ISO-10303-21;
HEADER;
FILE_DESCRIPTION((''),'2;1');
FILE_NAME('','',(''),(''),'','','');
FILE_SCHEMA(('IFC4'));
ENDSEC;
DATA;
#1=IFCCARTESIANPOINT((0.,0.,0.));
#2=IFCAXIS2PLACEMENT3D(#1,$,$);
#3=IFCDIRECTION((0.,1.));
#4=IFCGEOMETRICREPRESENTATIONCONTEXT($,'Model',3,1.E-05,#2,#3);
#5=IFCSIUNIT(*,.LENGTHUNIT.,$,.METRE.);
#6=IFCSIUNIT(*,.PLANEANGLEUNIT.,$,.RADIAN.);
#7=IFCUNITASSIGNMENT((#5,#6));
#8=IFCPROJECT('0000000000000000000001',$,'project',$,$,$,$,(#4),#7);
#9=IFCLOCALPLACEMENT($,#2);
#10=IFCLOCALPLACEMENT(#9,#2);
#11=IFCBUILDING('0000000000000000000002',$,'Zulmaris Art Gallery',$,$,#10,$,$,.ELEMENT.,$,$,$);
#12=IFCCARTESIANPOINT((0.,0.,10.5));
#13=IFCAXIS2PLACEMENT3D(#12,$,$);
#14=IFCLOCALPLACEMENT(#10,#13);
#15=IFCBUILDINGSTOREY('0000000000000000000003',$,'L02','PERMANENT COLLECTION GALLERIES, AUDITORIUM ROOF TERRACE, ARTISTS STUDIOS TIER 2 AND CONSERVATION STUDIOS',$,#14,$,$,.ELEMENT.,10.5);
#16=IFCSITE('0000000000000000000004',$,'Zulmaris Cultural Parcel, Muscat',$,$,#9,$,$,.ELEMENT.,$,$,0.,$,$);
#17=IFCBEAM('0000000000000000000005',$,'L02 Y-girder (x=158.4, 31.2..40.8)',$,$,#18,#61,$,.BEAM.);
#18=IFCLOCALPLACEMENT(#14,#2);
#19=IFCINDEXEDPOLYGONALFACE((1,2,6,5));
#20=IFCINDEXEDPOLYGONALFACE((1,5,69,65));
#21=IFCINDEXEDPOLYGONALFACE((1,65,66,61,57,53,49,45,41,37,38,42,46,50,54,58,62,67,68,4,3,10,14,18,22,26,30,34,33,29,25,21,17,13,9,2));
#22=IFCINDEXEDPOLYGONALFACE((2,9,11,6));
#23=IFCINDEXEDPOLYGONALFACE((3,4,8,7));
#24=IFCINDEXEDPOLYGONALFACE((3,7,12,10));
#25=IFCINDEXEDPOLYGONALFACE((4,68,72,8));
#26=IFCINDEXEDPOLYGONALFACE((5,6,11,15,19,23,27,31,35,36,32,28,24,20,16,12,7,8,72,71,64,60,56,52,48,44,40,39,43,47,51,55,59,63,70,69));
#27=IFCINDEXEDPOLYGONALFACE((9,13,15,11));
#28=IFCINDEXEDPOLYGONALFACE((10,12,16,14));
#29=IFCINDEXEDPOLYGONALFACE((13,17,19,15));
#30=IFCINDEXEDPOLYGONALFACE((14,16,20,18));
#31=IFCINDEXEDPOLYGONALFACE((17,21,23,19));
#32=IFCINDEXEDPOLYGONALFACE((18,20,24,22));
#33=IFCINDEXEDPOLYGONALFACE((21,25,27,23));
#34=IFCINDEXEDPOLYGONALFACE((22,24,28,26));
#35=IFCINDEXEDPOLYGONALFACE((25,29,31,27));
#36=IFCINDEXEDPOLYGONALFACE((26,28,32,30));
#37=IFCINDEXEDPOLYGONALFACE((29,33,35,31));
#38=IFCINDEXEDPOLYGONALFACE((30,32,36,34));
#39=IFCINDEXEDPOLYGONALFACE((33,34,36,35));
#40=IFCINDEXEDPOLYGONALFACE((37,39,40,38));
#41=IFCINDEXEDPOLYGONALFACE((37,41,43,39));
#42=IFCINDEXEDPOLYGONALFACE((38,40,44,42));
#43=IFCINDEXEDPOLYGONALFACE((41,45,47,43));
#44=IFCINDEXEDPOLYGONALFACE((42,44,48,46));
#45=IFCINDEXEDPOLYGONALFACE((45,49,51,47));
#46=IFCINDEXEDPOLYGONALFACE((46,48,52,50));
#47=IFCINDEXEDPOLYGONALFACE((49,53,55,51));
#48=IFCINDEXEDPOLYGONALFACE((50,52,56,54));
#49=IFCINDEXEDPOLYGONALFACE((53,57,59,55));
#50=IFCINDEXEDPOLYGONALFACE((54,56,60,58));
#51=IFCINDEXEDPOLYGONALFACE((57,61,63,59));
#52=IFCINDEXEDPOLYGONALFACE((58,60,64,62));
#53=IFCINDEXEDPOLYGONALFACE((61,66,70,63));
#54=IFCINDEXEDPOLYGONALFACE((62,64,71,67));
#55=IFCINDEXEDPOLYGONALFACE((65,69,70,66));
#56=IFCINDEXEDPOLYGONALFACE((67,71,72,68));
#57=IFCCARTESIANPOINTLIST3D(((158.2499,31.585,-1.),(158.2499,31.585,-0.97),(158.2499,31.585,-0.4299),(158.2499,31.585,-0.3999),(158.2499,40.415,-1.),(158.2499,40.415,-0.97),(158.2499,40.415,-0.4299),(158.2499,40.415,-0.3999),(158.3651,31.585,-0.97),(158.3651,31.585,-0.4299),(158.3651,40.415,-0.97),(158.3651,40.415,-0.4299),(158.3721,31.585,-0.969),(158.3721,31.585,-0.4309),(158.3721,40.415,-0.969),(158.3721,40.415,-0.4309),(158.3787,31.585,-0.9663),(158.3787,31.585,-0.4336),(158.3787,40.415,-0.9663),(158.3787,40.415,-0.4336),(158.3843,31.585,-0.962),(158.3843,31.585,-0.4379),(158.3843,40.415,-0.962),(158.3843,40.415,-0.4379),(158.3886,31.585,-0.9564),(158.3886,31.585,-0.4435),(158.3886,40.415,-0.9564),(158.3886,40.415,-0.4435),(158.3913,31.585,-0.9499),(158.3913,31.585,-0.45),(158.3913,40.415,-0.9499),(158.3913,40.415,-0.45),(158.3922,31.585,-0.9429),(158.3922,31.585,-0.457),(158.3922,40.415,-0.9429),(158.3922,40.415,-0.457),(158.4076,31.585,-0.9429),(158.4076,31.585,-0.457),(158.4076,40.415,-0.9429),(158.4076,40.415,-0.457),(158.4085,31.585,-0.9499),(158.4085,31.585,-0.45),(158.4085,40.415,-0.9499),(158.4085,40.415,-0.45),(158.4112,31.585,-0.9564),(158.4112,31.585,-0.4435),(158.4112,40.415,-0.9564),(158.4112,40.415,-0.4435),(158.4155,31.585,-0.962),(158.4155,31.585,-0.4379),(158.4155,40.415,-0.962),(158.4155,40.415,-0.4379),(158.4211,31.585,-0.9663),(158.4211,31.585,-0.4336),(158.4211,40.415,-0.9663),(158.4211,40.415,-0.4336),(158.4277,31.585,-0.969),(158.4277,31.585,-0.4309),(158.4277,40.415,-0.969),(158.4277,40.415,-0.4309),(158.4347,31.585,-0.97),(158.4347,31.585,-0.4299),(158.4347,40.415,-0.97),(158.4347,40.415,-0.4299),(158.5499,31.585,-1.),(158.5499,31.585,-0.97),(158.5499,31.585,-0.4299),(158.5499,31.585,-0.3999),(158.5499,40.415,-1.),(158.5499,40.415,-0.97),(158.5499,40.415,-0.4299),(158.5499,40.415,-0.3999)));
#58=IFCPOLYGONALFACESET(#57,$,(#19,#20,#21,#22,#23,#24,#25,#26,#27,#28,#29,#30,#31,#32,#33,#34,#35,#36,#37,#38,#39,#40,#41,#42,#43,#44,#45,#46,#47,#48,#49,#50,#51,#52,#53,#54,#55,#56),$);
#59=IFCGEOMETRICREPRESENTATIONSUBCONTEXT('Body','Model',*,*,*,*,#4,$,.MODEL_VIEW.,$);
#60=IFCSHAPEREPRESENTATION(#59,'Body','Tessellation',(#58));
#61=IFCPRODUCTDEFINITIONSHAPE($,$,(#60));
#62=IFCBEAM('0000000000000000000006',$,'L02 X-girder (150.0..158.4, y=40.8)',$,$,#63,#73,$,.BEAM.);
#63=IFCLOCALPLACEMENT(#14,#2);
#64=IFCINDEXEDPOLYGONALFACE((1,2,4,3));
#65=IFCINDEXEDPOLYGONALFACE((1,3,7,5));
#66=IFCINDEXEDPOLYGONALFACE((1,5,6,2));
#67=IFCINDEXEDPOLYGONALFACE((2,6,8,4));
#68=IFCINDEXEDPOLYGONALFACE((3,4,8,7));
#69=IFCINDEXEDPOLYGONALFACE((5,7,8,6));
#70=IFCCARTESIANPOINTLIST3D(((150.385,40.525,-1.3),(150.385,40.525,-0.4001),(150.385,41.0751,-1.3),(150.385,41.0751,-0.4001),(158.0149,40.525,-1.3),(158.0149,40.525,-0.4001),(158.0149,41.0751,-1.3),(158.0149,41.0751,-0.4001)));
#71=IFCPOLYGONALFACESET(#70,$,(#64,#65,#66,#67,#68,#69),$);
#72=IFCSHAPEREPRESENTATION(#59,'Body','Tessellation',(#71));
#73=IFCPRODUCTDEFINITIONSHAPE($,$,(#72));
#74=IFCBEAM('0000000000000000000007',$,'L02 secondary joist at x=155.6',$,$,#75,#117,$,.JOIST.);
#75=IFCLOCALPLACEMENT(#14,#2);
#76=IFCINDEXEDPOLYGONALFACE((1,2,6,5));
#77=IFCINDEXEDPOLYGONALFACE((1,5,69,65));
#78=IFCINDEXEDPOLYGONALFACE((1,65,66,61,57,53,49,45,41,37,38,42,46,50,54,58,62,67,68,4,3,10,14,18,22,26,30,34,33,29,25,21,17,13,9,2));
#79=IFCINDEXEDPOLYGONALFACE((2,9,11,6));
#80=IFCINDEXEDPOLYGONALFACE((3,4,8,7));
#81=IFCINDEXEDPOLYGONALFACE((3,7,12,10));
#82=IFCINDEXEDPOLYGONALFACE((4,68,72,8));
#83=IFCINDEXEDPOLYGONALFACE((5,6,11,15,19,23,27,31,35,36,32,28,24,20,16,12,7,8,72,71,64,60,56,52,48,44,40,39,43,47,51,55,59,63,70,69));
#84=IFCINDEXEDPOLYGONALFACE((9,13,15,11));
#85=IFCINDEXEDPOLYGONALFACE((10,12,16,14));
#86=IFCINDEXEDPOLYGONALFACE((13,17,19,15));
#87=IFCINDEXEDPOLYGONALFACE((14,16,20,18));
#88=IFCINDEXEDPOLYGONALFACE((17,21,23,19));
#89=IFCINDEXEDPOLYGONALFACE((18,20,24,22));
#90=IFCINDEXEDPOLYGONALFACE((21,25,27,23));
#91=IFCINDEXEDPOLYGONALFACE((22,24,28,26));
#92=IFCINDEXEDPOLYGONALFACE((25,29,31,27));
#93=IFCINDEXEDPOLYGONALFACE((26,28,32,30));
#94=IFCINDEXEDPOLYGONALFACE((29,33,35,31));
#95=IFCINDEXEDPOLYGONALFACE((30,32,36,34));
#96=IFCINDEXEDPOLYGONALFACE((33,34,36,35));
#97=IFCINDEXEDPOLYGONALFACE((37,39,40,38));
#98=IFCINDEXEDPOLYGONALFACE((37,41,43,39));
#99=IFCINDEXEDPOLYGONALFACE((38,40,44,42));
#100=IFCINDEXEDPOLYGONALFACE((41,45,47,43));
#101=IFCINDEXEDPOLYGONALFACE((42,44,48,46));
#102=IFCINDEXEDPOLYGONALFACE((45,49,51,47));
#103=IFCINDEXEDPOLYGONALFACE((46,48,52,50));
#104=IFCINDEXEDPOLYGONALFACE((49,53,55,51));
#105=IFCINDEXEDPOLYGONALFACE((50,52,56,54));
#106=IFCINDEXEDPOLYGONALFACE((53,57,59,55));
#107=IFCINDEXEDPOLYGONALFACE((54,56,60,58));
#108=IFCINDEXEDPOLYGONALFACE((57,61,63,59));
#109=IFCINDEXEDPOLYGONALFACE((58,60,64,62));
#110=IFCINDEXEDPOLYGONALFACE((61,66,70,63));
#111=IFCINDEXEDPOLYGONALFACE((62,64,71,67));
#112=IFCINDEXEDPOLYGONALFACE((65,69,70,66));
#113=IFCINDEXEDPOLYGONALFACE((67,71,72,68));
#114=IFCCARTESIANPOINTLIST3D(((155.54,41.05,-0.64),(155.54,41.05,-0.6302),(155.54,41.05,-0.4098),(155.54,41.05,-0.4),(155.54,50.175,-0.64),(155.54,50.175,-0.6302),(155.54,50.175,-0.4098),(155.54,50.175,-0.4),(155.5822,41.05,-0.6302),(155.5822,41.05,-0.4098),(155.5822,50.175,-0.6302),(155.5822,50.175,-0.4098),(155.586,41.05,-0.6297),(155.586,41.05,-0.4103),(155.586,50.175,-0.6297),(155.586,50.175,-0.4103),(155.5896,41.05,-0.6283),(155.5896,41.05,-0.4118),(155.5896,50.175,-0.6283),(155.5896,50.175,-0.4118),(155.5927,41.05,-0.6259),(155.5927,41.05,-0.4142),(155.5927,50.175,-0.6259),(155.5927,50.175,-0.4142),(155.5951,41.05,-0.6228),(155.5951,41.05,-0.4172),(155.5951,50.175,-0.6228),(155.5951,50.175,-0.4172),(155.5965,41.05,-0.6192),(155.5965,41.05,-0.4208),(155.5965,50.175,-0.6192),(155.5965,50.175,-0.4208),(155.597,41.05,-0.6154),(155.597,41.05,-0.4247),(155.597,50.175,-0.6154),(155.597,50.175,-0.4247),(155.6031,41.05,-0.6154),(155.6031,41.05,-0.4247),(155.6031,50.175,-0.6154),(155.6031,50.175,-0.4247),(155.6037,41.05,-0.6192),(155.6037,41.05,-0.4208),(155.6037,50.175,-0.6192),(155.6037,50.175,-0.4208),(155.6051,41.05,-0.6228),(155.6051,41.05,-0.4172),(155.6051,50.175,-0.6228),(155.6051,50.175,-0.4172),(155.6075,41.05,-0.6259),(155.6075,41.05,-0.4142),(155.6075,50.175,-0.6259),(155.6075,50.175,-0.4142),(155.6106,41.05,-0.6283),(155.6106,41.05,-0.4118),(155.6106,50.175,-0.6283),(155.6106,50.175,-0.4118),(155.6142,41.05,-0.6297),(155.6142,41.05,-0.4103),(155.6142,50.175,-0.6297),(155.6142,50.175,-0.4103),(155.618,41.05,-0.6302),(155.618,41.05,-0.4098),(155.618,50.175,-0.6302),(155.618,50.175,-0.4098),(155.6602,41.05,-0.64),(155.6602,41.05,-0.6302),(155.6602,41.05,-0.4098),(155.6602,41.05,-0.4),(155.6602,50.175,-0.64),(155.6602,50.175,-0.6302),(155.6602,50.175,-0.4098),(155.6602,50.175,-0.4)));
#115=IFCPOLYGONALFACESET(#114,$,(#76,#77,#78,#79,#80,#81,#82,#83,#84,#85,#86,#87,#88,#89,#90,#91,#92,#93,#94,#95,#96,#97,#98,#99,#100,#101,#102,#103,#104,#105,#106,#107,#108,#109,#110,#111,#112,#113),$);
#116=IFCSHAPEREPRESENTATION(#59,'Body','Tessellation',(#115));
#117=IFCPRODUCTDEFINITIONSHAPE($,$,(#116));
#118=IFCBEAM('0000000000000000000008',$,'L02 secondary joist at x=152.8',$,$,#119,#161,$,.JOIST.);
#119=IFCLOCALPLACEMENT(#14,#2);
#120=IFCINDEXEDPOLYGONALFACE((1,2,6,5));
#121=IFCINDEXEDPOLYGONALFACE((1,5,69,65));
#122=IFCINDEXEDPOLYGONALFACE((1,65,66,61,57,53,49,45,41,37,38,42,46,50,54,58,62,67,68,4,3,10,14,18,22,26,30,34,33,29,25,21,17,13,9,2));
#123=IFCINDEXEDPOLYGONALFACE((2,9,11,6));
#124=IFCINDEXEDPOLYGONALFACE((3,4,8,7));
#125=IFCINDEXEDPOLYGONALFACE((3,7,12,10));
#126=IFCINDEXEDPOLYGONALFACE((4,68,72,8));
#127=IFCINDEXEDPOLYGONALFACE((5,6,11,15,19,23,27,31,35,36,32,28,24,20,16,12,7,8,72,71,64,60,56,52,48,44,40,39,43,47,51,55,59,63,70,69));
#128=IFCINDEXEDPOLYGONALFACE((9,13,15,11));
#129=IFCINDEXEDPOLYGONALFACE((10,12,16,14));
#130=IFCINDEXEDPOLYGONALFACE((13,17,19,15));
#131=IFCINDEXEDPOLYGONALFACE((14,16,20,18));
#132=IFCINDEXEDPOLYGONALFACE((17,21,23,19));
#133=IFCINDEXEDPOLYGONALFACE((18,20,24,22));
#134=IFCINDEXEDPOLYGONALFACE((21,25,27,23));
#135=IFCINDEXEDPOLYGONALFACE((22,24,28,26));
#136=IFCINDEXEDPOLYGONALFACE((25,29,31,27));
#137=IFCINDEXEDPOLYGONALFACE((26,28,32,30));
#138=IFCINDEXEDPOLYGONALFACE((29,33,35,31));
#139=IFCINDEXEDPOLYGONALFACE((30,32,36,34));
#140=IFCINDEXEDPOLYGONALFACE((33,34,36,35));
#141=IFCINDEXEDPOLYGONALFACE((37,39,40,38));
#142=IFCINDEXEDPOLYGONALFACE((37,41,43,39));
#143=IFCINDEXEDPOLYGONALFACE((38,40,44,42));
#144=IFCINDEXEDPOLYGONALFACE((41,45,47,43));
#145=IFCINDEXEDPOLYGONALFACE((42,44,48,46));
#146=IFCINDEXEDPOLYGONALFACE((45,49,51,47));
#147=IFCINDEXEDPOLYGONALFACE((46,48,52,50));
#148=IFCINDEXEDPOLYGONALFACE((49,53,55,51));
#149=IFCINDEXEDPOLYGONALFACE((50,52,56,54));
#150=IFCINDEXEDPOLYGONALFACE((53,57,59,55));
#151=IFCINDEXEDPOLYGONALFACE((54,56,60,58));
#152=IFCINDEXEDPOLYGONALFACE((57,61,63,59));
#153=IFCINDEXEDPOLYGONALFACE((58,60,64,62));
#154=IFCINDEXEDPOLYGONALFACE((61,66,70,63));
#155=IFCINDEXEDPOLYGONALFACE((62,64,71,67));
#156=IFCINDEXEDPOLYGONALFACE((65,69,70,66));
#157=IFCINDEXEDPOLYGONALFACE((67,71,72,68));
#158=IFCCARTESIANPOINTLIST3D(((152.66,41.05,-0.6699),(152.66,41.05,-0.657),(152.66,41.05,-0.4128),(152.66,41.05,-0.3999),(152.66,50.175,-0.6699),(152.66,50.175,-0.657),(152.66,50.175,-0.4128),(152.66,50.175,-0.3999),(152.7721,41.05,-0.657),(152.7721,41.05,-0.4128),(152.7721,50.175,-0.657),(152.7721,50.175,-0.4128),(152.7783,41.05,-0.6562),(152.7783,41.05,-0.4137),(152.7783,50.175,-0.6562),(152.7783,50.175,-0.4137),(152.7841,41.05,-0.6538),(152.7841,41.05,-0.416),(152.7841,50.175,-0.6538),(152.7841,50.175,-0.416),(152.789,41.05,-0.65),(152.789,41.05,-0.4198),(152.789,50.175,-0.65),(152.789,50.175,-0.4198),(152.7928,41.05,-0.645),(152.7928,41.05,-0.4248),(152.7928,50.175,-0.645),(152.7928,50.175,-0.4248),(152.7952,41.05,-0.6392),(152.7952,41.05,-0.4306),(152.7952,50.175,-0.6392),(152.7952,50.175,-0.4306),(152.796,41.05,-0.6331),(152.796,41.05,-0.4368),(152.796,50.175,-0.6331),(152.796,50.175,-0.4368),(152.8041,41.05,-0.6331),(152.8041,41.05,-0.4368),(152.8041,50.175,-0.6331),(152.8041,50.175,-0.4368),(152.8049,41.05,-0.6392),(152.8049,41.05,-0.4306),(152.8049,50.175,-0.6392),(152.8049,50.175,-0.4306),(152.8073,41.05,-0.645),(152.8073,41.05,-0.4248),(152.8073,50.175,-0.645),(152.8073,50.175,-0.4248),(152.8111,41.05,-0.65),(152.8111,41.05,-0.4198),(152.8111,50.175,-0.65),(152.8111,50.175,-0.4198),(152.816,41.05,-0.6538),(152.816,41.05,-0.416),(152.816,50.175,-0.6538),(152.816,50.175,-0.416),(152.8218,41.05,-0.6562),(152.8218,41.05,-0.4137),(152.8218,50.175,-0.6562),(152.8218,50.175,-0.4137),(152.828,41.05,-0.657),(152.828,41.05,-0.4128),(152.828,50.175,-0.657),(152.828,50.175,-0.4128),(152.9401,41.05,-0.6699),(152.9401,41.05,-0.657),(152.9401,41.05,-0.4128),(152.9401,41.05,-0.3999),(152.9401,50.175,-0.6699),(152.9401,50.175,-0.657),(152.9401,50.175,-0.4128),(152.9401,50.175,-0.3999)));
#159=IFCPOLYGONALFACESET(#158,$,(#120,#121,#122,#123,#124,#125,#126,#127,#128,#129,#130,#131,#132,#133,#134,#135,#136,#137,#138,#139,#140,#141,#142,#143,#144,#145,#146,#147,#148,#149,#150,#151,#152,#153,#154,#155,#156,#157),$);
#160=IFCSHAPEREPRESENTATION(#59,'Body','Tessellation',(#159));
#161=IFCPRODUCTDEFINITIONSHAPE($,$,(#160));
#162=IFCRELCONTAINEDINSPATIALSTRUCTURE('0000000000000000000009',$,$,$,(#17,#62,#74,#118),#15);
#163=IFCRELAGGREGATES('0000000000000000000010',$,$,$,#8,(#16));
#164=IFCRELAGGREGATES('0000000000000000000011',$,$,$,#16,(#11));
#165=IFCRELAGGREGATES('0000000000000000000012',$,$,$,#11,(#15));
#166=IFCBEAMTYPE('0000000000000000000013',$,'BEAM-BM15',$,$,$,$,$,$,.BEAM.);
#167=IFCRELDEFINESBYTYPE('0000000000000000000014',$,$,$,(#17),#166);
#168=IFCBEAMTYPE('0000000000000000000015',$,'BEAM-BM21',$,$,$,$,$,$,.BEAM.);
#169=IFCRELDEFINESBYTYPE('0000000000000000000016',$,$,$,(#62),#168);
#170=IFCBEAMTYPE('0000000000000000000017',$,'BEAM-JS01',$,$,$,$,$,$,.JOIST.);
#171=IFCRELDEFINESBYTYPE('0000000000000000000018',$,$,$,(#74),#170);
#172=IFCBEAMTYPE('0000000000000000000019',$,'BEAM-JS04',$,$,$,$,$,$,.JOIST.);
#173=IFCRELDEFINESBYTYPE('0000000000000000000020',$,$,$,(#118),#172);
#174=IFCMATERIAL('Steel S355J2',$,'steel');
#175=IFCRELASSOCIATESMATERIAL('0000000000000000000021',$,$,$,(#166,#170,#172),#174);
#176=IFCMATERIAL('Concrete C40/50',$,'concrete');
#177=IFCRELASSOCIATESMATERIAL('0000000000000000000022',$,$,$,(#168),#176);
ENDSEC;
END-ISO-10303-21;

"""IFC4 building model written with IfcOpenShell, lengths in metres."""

from ifc_helpers import new_model, si_unit, direction, frame, origin, origin_2d, place, context, subcontext, project, spatial, rectangle, i_section, extrude, material, material_profile, profile_set, type_object, element, save


model = new_model("IFC4")

# Units and contexts
model_context = context("Model", 3, precision=1e-05, world=origin(), true_north=direction((0.0, 1.0)))
body_context = subcontext(model_context, "Body", "Model", "MODEL_VIEW")
ifc_project = project(units=[si_unit("LENGTHUNIT", "METRE"), si_unit("PLANEANGLEUNIT", "RADIAN")], contexts=[model_context])

# Site, building, storey
site_placement = place(None, origin())
site = spatial("IfcSite", under=ifc_project, at=site_placement, Name="Zulmaris Cultural Parcel, Muscat", CompositionType="ELEMENT", RefElevation=0.0)
building_placement = place(site_placement, origin())
building = spatial("IfcBuilding", under=site, at=building_placement, Name="Zulmaris Art Gallery", CompositionType="ELEMENT")
storey_placement = place(building_placement, frame((0.0, 0.0, 10.5)))
storey = spatial("IfcBuildingStorey", under=building, at=storey_placement, Name="L02", Description="PERMANENT COLLECTION GALLERIES, AUDITORIUM ROOF TERRACE, ARTISTS STUDIOS TIER 2 AND CONSERVATION STUDIOS", CompositionType="ELEMENT", Elevation=10.5)

# Shared definitions
ifc_material_1 = material(Name="Concrete C40/50", Category="concrete")

# Beams
ifc_material_2 = material(Name="Steel S355J2", Category="steel")
ifc_material_profile_1 = material_profile(ifc_material_2, i_section(OverallWidth=0.3, OverallDepth=0.6001, WebThickness=0.0154, FlangeThickness=0.03, FilletRadius=0.0271, at=origin_2d()), Name="HEB 600")
ifc_profile_set_1 = profile_set([ifc_material_profile_1], Name="Steel S355J2")
beam_type_1 = type_object("IfcBeamType", Name="BEAM-BM15", PredefinedType="BEAM", material=ifc_profile_set_1)
beam_1_placement = place(storey_placement, frame((158.3999, 31.585, -0.7), z_axis=(0.0, 1.0, 0.0), x_axis=(-1.0, 0.0, 0.0)))
element("IfcBeam", 1, at=beam_1_placement, inside=storey, type_object=beam_type_1, Name="L02 Y-girder (x=158.4, 31.2..40.8)", PredefinedType="BEAM", context=body_context, shape_type="SweptSolid", body=[
    extrude(i_section(OverallWidth=0.3, OverallDepth=0.6001, WebThickness=0.0154, FlangeThickness=0.03, FilletRadius=0.0271, at=origin_2d()), origin(), (0.0, 0.0, 1.0), 8.8301),
])
ifc_material_profile_2 = material_profile(ifc_material_1, rectangle(XDim=0.55, YDim=0.8999, at=origin_2d()), Name="RC 550x900")
ifc_profile_set_2 = profile_set([ifc_material_profile_2], Name="Concrete C40/50")
beam_type_2 = type_object("IfcBeamType", Name="BEAM-BM21", PredefinedType="BEAM", material=ifc_profile_set_2)
beam_2_placement = place(storey_placement, frame((150.385, 40.8, -0.8501), z_axis=(1.0, 0.0, 0.0), x_axis=(0.0, 1.0, 0.0)))
element("IfcBeam", 2, at=beam_2_placement, inside=storey, type_object=beam_type_2, Name="L02 X-girder (150.0..158.4, y=40.8)", PredefinedType="BEAM", context=body_context, shape_type="SweptSolid", body=[
    extrude(rectangle(XDim=0.55, YDim=0.8999, at=origin_2d()), origin(), (0.0, 0.0, 1.0), 7.6299),
])
ifc_material_profile_3 = material_profile(ifc_material_2, i_section(OverallWidth=0.1201, OverallDepth=0.24, WebThickness=0.0061, FlangeThickness=0.0098, FilletRadius=0.0149, at=origin_2d()), Name="IPE 240")
ifc_profile_set_3 = profile_set([ifc_material_profile_3], Name="Steel S355J2")
beam_type_3 = type_object("IfcBeamType", Name="BEAM-JS01", PredefinedType="JOIST", material=ifc_profile_set_3)
beam_3_placement = place(storey_placement, frame((155.6001, 41.05, -0.52), z_axis=(0.0, 1.0, 0.0), x_axis=(-1.0, 0.0, 0.0)))
element("IfcBeam", 3, at=beam_3_placement, inside=storey, type_object=beam_type_3, Name="L02 secondary joist at x=155.6", PredefinedType="JOIST", context=body_context, shape_type="SweptSolid", body=[
    extrude(i_section(OverallWidth=0.1201, OverallDepth=0.24, WebThickness=0.0061, FlangeThickness=0.0098, FilletRadius=0.0149, at=origin_2d()), origin(), (0.0, 0.0, 1.0), 9.125),
])
ifc_material_profile_4 = material_profile(ifc_material_2, i_section(OverallWidth=0.28, OverallDepth=0.27, WebThickness=0.0081, FlangeThickness=0.0129, FilletRadius=0.0239, at=origin_2d()), Name="HEA 280")
ifc_profile_set_4 = profile_set([ifc_material_profile_4], Name="Steel S355J2")
beam_type_4 = type_object("IfcBeamType", Name="BEAM-JS04", PredefinedType="JOIST", material=ifc_profile_set_4)
beam_4_placement = place(storey_placement, frame((152.8, 41.05, -0.5349), z_axis=(0.0, 1.0, 0.0), x_axis=(-1.0, 0.0, 0.0)))
element("IfcBeam", 4, at=beam_4_placement, inside=storey, type_object=beam_type_4, Name="L02 secondary joist at x=152.8", PredefinedType="JOIST", context=body_context, shape_type="SweptSolid", body=[
    extrude(i_section(OverallWidth=0.28, OverallDepth=0.27, WebThickness=0.0081, FlangeThickness=0.0129, FilletRadius=0.0239, at=origin_2d()), origin(), (0.0, 0.0, 1.0), 9.125),
])

save(model, "model.ifc")
